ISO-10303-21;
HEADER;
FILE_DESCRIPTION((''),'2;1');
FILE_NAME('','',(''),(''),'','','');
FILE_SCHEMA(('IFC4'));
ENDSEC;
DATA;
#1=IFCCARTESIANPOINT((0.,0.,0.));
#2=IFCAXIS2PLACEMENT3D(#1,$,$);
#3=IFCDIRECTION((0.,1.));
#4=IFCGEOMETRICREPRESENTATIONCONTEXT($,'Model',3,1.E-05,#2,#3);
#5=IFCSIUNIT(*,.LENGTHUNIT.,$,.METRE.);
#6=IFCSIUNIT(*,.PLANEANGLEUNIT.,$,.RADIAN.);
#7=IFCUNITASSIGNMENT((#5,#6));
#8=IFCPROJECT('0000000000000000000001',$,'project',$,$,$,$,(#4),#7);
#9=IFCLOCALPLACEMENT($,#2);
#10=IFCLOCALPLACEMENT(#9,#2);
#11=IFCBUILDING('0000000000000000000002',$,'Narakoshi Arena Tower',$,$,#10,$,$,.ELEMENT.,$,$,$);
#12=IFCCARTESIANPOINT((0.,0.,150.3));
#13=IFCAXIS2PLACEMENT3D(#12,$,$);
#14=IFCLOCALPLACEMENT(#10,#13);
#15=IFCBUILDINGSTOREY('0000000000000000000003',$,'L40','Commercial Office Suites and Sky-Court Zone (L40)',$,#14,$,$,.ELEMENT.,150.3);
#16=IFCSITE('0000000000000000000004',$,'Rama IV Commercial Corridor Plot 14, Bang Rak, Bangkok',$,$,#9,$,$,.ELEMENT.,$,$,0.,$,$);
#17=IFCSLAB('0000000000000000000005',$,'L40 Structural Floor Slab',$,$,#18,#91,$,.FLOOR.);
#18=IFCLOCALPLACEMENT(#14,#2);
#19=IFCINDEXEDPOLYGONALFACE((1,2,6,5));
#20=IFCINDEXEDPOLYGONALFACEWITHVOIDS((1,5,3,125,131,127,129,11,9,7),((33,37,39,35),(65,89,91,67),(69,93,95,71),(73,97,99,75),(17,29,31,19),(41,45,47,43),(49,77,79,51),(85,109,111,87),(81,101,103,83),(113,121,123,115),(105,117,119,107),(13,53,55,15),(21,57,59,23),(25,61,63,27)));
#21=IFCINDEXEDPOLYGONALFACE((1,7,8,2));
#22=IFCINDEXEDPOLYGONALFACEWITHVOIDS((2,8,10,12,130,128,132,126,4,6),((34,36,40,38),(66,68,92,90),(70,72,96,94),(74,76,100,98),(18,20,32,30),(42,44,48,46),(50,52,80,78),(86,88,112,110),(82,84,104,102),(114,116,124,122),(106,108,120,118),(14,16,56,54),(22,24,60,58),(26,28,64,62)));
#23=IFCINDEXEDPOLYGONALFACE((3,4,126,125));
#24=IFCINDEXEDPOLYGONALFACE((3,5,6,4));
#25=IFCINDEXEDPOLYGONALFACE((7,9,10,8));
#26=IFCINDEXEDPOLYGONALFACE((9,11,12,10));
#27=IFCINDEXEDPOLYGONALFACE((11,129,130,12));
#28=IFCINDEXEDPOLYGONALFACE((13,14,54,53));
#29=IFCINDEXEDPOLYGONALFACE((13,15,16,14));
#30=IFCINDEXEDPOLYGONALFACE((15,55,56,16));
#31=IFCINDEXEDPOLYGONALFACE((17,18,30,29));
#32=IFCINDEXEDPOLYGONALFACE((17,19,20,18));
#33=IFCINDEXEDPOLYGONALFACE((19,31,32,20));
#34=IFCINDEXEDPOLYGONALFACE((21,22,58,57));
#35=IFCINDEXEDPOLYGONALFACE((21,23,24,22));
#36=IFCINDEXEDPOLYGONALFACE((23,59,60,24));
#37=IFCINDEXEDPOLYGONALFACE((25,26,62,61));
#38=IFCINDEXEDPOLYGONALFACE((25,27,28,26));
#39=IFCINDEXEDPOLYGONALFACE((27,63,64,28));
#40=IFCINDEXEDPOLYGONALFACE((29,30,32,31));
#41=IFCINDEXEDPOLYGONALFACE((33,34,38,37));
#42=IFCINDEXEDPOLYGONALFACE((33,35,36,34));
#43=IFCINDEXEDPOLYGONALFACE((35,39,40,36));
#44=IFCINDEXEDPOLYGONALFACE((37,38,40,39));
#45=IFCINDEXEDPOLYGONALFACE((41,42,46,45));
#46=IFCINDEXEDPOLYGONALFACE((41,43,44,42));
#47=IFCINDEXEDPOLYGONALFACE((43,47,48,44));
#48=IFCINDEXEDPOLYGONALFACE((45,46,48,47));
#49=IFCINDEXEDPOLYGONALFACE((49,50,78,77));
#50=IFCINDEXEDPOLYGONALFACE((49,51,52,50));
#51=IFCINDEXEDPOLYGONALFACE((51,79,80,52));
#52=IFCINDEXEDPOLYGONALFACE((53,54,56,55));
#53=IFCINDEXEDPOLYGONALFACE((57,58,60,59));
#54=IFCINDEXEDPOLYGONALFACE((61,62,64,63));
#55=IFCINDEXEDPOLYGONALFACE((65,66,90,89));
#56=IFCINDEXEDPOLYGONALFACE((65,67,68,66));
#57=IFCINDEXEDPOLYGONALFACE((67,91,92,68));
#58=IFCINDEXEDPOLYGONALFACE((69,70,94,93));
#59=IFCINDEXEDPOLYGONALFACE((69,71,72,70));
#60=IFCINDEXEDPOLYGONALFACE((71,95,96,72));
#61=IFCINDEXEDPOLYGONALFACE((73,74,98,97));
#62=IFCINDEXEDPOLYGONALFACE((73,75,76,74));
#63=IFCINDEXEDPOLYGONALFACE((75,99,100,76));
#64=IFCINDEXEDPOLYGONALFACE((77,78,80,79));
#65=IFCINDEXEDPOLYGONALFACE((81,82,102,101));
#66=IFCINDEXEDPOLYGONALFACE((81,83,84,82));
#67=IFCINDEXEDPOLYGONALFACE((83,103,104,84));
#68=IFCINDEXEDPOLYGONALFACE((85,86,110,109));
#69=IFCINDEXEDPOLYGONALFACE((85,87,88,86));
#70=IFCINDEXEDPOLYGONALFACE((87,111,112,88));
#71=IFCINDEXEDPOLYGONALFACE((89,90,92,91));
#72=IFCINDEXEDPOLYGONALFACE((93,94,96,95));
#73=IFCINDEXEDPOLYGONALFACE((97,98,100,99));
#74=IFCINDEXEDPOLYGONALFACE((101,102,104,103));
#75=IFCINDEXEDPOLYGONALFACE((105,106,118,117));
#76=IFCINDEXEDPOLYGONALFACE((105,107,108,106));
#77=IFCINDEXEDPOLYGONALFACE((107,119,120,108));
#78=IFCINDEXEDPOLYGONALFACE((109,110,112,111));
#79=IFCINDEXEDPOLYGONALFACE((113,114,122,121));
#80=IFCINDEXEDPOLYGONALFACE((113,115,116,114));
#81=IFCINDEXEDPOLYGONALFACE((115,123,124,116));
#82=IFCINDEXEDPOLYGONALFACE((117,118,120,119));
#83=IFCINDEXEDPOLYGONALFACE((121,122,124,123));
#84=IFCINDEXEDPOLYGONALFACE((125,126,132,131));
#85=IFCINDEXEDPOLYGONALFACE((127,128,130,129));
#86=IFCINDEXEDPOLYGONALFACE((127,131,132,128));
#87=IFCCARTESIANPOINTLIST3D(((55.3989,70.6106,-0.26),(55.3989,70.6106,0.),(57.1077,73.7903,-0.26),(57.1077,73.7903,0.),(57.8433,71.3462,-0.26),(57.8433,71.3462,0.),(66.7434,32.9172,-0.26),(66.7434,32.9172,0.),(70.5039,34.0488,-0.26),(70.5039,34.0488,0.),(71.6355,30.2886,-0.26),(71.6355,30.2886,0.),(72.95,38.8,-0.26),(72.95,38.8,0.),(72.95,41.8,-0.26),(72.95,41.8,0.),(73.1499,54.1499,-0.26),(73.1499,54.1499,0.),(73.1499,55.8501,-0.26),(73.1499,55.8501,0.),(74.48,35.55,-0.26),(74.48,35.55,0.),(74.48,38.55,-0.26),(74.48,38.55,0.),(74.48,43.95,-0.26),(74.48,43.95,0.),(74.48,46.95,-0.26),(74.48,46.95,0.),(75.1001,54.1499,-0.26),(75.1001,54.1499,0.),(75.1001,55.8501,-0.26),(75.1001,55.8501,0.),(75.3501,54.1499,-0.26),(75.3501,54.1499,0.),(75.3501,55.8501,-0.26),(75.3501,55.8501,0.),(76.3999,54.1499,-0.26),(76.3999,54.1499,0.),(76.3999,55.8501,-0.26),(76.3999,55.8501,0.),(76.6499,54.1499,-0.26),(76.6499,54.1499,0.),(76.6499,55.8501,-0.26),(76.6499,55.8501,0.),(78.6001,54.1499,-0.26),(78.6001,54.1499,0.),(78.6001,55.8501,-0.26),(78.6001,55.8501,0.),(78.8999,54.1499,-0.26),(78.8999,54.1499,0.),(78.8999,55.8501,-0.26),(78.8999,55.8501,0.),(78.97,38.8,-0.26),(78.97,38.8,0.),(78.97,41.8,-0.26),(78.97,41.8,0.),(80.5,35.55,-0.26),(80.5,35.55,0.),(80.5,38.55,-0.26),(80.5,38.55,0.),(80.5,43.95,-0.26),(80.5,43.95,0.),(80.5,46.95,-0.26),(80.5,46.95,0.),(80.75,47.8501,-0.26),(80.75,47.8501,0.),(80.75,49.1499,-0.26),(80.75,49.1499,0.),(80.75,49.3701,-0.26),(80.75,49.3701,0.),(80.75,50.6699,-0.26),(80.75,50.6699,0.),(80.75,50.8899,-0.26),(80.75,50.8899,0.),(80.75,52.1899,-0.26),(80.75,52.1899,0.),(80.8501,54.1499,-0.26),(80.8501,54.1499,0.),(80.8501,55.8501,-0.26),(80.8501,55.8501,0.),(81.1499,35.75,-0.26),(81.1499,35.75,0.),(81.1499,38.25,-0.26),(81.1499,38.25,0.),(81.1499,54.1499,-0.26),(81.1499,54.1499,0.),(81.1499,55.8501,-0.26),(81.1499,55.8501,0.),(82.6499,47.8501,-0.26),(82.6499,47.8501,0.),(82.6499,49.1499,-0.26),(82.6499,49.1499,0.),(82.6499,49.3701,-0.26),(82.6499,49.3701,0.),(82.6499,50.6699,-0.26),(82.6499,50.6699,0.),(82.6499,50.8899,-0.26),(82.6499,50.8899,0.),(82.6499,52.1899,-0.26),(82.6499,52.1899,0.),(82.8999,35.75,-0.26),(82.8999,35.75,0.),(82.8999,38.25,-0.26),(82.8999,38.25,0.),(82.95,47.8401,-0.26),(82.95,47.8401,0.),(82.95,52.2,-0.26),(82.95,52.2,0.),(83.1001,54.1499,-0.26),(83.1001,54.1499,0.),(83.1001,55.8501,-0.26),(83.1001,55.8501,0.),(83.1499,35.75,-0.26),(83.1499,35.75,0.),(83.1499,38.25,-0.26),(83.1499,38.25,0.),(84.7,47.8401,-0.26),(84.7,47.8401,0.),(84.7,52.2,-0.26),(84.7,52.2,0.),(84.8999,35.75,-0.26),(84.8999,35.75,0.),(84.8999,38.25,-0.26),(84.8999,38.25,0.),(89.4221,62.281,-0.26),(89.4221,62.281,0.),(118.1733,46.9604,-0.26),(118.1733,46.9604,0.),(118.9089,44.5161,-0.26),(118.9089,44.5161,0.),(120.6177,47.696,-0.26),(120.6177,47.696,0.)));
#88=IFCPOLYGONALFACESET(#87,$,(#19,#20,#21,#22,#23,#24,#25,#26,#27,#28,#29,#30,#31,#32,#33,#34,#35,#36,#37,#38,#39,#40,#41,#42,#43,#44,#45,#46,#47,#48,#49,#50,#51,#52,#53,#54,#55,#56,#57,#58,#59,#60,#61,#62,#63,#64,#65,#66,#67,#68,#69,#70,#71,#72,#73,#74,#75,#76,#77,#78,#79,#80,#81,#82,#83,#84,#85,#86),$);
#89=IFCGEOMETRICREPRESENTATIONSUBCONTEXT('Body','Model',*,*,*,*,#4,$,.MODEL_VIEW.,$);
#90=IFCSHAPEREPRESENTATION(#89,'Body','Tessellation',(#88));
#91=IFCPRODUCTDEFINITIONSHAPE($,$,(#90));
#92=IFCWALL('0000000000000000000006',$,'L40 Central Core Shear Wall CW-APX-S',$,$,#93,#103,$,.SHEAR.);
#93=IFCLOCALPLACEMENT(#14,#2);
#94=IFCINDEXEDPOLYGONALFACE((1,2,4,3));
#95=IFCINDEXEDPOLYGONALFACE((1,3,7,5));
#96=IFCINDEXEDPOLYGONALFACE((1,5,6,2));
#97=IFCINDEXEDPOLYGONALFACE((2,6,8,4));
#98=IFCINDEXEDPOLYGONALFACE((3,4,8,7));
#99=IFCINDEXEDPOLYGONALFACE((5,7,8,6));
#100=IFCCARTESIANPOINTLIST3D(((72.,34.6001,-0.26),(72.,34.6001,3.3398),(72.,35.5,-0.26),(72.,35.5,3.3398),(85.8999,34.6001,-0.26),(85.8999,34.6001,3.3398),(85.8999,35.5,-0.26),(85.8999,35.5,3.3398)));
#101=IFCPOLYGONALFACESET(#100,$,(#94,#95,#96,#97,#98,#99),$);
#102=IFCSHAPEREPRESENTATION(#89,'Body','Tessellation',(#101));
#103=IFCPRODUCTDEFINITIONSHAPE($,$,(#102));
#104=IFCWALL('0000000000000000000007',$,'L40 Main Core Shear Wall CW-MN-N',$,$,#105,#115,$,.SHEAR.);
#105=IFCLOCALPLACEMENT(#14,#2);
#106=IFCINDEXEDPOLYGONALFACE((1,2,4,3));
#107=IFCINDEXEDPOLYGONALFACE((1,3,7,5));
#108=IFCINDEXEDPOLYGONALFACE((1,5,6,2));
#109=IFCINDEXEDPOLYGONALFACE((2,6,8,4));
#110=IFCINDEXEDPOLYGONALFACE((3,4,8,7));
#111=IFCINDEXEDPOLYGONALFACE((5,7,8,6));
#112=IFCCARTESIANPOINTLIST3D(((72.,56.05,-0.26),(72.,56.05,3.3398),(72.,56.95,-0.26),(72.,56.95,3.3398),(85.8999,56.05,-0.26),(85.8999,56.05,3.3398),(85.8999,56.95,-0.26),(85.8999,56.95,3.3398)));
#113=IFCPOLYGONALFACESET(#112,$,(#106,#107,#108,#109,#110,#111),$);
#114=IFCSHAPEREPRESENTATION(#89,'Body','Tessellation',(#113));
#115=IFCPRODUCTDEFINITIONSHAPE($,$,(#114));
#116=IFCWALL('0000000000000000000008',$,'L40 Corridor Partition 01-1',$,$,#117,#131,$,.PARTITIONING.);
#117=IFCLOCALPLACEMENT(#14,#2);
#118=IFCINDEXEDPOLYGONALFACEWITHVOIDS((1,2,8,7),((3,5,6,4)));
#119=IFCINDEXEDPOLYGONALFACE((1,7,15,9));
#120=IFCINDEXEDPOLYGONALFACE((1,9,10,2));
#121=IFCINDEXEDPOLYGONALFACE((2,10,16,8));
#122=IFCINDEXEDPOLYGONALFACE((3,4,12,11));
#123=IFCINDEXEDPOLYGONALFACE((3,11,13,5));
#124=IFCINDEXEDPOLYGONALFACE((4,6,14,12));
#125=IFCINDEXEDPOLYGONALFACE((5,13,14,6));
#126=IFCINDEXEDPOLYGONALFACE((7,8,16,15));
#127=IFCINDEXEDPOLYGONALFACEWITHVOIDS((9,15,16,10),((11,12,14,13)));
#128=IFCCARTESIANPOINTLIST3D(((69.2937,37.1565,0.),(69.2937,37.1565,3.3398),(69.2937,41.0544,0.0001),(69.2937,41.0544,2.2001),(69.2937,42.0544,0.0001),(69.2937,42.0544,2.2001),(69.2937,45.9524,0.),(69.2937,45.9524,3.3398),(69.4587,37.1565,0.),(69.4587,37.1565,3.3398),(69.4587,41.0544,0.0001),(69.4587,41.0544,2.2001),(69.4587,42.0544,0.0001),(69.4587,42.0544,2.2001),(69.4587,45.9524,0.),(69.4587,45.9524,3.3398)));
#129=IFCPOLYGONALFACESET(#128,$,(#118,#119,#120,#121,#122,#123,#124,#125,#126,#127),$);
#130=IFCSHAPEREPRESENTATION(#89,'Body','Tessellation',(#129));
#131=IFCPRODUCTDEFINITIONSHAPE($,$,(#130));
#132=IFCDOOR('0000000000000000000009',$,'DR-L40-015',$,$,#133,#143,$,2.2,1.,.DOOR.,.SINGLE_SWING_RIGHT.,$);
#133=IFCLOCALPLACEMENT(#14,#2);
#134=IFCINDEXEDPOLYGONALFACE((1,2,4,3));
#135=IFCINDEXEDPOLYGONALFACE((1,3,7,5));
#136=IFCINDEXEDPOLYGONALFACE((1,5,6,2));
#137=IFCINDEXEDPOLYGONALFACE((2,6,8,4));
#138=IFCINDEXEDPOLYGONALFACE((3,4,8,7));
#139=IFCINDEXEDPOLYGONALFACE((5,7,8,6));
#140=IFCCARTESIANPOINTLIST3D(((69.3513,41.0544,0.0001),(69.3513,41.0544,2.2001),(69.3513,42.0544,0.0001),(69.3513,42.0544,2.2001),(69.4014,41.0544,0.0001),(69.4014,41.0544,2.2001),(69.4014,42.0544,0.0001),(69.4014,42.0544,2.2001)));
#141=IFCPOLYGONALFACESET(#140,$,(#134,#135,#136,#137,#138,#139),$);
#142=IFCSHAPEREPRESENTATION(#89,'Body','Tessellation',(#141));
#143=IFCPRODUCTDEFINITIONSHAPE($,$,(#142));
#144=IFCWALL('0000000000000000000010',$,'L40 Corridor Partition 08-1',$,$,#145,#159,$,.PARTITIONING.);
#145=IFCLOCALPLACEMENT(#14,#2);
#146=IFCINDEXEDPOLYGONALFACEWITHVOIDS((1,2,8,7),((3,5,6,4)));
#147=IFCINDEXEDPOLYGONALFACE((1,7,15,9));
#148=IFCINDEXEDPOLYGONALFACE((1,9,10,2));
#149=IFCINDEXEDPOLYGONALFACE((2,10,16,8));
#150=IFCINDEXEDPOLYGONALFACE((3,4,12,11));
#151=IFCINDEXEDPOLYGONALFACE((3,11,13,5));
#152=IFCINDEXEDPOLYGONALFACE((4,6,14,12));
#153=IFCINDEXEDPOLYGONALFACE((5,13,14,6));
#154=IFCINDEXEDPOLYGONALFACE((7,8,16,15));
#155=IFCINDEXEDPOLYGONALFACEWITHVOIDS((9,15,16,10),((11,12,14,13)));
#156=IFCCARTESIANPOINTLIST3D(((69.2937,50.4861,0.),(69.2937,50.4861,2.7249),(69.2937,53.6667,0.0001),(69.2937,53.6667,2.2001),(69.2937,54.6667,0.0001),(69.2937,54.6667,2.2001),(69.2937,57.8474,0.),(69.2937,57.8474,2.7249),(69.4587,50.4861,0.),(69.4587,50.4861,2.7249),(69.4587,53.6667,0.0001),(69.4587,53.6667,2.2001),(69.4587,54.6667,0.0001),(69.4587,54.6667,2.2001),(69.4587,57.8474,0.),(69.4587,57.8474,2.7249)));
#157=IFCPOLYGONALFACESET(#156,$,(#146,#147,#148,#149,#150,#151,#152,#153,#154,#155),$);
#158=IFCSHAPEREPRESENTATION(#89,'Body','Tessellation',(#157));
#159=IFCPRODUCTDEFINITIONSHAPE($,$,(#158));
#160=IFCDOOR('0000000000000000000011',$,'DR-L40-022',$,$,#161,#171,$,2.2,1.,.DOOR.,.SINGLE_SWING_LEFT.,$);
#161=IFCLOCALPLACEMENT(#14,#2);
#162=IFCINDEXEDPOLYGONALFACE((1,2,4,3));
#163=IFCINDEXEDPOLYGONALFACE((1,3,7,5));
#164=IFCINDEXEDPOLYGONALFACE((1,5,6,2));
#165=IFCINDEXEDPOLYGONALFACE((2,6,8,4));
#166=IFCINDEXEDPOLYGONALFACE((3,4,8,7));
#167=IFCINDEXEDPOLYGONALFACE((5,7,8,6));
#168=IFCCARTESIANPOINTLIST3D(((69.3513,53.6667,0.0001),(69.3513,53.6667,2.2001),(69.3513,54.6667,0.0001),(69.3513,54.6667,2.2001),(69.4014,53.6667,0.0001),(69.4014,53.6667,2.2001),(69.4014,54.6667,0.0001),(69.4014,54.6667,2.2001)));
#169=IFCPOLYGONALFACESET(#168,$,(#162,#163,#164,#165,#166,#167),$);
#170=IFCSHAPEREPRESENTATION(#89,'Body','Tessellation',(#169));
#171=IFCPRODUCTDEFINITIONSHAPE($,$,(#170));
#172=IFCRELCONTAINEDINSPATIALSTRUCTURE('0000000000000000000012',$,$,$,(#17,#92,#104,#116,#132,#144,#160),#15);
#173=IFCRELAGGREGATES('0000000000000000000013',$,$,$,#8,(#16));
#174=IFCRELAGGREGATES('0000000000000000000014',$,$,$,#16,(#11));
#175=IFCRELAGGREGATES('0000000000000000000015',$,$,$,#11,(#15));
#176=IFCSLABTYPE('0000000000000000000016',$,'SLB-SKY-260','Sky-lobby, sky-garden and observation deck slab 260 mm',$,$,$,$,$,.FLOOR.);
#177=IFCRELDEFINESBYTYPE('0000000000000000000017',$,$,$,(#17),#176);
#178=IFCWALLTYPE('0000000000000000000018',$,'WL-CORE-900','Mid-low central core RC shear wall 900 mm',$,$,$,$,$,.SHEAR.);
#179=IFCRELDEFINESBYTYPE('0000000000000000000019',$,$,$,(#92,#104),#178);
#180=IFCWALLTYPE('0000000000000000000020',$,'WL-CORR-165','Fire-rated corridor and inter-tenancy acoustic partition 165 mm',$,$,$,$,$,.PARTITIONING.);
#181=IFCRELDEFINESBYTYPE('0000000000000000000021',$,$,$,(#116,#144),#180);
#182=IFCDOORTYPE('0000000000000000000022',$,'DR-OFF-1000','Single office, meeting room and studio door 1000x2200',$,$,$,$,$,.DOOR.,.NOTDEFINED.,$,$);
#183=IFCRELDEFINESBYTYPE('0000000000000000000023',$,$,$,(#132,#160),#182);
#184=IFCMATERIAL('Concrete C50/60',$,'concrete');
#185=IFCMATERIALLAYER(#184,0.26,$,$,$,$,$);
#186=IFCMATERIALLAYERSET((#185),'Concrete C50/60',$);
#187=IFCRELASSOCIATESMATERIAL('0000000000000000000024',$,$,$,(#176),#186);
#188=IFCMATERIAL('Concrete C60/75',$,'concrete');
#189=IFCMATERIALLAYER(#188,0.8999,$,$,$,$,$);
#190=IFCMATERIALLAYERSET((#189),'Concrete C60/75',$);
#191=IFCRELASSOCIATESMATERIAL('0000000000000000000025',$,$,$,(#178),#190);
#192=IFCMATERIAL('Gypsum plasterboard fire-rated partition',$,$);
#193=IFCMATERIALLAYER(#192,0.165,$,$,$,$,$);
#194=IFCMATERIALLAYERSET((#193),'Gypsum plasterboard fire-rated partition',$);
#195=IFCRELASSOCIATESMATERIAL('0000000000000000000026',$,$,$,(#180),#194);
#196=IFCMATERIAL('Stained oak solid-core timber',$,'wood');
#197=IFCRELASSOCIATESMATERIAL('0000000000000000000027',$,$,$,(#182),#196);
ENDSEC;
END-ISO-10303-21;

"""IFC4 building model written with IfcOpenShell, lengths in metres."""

from ifc_helpers import new_model, si_unit, direction, frame, frame_2d, origin, place, context, subcontext, project, spatial, polyline, rectangle, outline, extrude, material, layer, layer_set, type_object, element, fill, save


model = new_model("IFC4")

# Units and contexts
model_context = context("Model", 3, precision=1e-05, world=origin(), true_north=direction((0.0, 1.0)))
body_context = subcontext(model_context, "Body", "Model", "MODEL_VIEW")
ifc_project = project(units=[si_unit("LENGTHUNIT", "METRE"), si_unit("PLANEANGLEUNIT", "RADIAN")], contexts=[model_context])

# Site, building, storey
site_placement = place(None, origin())
site = spatial("IfcSite", under=ifc_project, at=site_placement, Name="Rama IV Commercial Corridor Plot 14, Bang Rak, Bangkok", CompositionType="ELEMENT", RefElevation=0.0)
building_placement = place(site_placement, origin())
building = spatial("IfcBuilding", under=site, at=building_placement, Name="Narakoshi Arena Tower", CompositionType="ELEMENT")
storey_placement = place(building_placement, frame((0.0, 0.0, 150.3)))
storey = spatial("IfcBuildingStorey", under=building, at=storey_placement, Name="L40", Description="Commercial Office Suites and Sky-Court Zone (L40)", CompositionType="ELEMENT", Elevation=150.3)

# Shared definitions
ifc_material_1 = material(Name="Concrete C60/75", Category="concrete")

# Slab
ifc_material_2 = material(Name="Concrete C50/60", Category="concrete")
ifc_layer_1 = layer(ifc_material_2, 0.26)
ifc_layer_set_1 = layer_set([ifc_layer_1], Name="Concrete C50/60")
slab_type_1 = type_object("IfcSlabType", Name="SLB-SKY-260", Description="Sky-lobby, sky-garden and observation deck slab 260 mm", PredefinedType="FLOOR", material=ifc_layer_set_1)
slab_1_placement = place(storey_placement, frame((0.0, 0.0, -0.26)))
element("IfcSlab", 1, at=slab_1_placement, inside=storey, type_object=slab_type_1, Name="L40 Structural Floor Slab", PredefinedType="FLOOR", context=body_context, shape_type="SweptSolid", body=[
    extrude(outline(polyline([(71.6355, 30.2886), (118.9089, 44.5161), (118.1733, 46.9604), (120.6177, 47.696), (89.4221, 62.281), (57.1077, 73.7903), (57.8433, 71.3462), (55.3989, 70.6106), (66.7434, 32.9172), (70.5039, 34.0488), (71.6355, 30.2886)]), holes=[polyline([(80.5, 35.55), (74.48, 35.55), (74.48, 38.55), (80.5, 38.55), (80.5, 35.55)]), polyline([(82.8999, 35.75), (81.1499, 35.75), (81.1499, 38.25), (82.8999, 38.25), (82.8999, 35.75)]), polyline([(83.1499, 35.75), (83.1499, 38.25), (84.8999, 38.25), (84.8999, 35.75), (83.1499, 35.75)]), polyline([(72.95, 38.8), (72.95, 41.8), (78.97, 41.8), (78.97, 38.8), (72.95, 38.8)]), polyline([(74.48, 43.95), (74.48, 46.95), (80.5, 46.95), (80.5, 43.95), (74.48, 43.95)]), polyline([(82.95, 47.8401), (82.95, 52.2), (84.7, 52.2), (84.7, 47.8401), (82.95, 47.8401)]), polyline([(80.75, 47.8501), (80.75, 49.1499), (82.6499, 49.1499), (82.6499, 47.8501), (80.75, 47.8501)]), polyline([(80.75, 49.3701), (80.75, 50.6699), (82.6499, 50.6699), (82.6499, 49.3701), (80.75, 49.3701)]), polyline([(80.75, 50.8899), (80.75, 52.1899), (82.6499, 52.1899), (82.6499, 50.8899), (80.75, 50.8899)]), polyline([(73.1499, 54.1499), (73.1499, 55.8501), (75.1001, 55.8501), (75.1001, 54.1499), (73.1499, 54.1499)]), polyline([(75.3501, 54.1499), (75.3501, 55.8501), (76.3999, 55.8501), (76.3999, 54.1499), (75.3501, 54.1499)]), polyline([(76.6499, 54.1499), (76.6499, 55.8501), (78.6001, 55.8501), (78.6001, 54.1499), (76.6499, 54.1499)]), polyline([(78.8999, 54.1499), (78.8999, 55.8501), (80.8501, 55.8501), (80.8501, 54.1499), (78.8999, 54.1499)]), polyline([(81.1499, 54.1499), (81.1499, 55.8501), (83.1001, 55.8501), (83.1001, 54.1499), (81.1499, 54.1499)])]), origin(), (0.0, 0.0, 1.0), 0.26),
])

# Walls
ifc_layer_2 = layer(ifc_material_1, 0.8999)
ifc_layer_set_2 = layer_set([ifc_layer_2], Name="Concrete C60/75")
wall_type_1 = type_object("IfcWallType", Name="WL-CORE-900", Description="Mid-low central core RC shear wall 900 mm", PredefinedType="SHEAR", material=ifc_layer_set_2)
for number, where, z_axis, x_axis, name in (
    (2, (72.0, 35.05, -0.26), (0.0, 0.0, 1.0), (1.0, 0.0, 0.0), "L40 Central Core Shear Wall CW-APX-S"),
    (3, (72.0, 56.5, -0.26), (0.0, 0.0, 1.0), (1.0, 0.0, 0.0), "L40 Main Core Shear Wall CW-MN-N"),
):
    element("IfcWall", number, at=place(storey_placement, frame(where, z_axis=z_axis, x_axis=x_axis)), inside=storey, type_object=wall_type_1, Name=name, PredefinedType="SHEAR", context=body_context, shape_type="SweptSolid", body=[
        extrude(rectangle(XDim=13.8999, YDim=0.8999, at=frame_2d((6.95, 0.0))), origin(), (0.0, 0.0, 1.0), 3.5999),
    ])

# Walls, openings, doors
ifc_material_3 = material(Name="Gypsum plasterboard fire-rated partition")
ifc_layer_3 = layer(ifc_material_3, 0.165)
ifc_layer_set_3 = layer_set([ifc_layer_3], Name="Gypsum plasterboard fire-rated partition")
wall_type_2 = type_object("IfcWallType", Name="WL-CORR-165", Description="Fire-rated corridor and inter-tenancy acoustic partition 165 mm", PredefinedType="PARTITIONING", material=ifc_layer_set_3)
wall_1_placement = place(storey_placement, frame((69.3762, 45.9524, 0.0), z_axis=(0.0, 0.0, 1.0), x_axis=(0.0, -1.0, 0.0)))
wall_1 = element("IfcWall", 4, at=wall_1_placement, inside=storey, type_object=wall_type_2, Name="L40 Corridor Partition 01-1", PredefinedType="PARTITIONING", context=body_context, shape_type="SweptSolid", body=[
    extrude(rectangle(XDim=8.7959, YDim=0.165, at=frame_2d((4.3979, 0.0))), origin(), (0.0, 0.0, 1.0), 3.3398),
])
opening_1_placement = place(wall_1_placement, frame((3.8979, 0.0, 0.0)))
opening_1 = element("IfcOpeningElement", 5, at=opening_1_placement, cuts=wall_1, PredefinedType="OPENING", context=body_context, shape_type="SweptSolid", body=[
    extrude(rectangle(XDim=1.0, YDim=2.2, at=frame_2d((0.5, 1.1001))), frame((0.0, 0.0925, 0.0), z_axis=(0.0, -1.0, 0.0), x_axis=(1.0, 0.0, 0.0)), (0.0, 0.0, 1.0), 0.1851),
])
ifc_material_4 = material(Name="Stained oak solid-core timber", Category="wood")
door_type_1 = type_object("IfcDoorType", Name="DR-OFF-1000", Description="Single office, meeting room and studio door 1000x2200", OperationType="NOTDEFINED", PredefinedType="DOOR", material=ifc_material_4)
door_1_placement = place(opening_1_placement, frame((1.0, 0.0, 0.0), z_axis=(0.0, 0.0, 1.0), x_axis=(-1.0, 0.0, 0.0)))
door_1 = element("IfcDoor", 6, at=door_1_placement, inside=storey, type_object=door_type_1, Name="DR-L40-015", OperationType="SINGLE_SWING_RIGHT", OverallHeight=2.2, OverallWidth=1.0, PredefinedType="DOOR", context=body_context, shape_type="SweptSolid", body=[
    extrude(rectangle(XDim=1.0, YDim=2.2, at=frame_2d((0.5, 1.1001))), frame((0.0, 0.0249, 0.0), z_axis=(0.0, -1.0, 0.0), x_axis=(1.0, 0.0, 0.0)), (0.0, 0.0, 1.0), 0.05),
])
fill(opening_1, door_1)
wall_2_placement = place(storey_placement, frame((69.3762, 57.8474, 0.0), z_axis=(0.0, 0.0, 1.0), x_axis=(0.0, -1.0, 0.0)))
wall_2 = element("IfcWall", 7, at=wall_2_placement, inside=storey, type_object=wall_type_2, Name="L40 Corridor Partition 08-1", PredefinedType="PARTITIONING", context=body_context, shape_type="SweptSolid", body=[
    extrude(rectangle(XDim=7.3613, YDim=0.165, at=frame_2d((3.6807, 0.0))), origin(), (0.0, 0.0, 1.0), 2.7249),
])
opening_2_placement = place(wall_2_placement, frame((3.1807, 0.0, 0.0)))
opening_2 = element("IfcOpeningElement", 8, at=opening_2_placement, cuts=wall_2, PredefinedType="OPENING", context=body_context, shape_type="SweptSolid", body=[
    extrude(rectangle(XDim=1.0, YDim=2.2, at=frame_2d((0.5, 1.1001))), frame((0.0, 0.0925, 0.0), z_axis=(0.0, -1.0, 0.0), x_axis=(1.0, 0.0, 0.0)), (0.0, 0.0, 1.0), 0.1851),
])
door_2_placement = place(opening_2_placement, frame((1.0, 0.0, 0.0), z_axis=(0.0, 0.0, 1.0), x_axis=(-1.0, 0.0, 0.0)))
door_2 = element("IfcDoor", 9, at=door_2_placement, inside=storey, type_object=door_type_1, Name="DR-L40-022", OperationType="SINGLE_SWING_LEFT", OverallHeight=2.2, OverallWidth=1.0, PredefinedType="DOOR", context=body_context, shape_type="SweptSolid", body=[
    extrude(rectangle(XDim=1.0, YDim=2.2, at=frame_2d((0.5, 1.1001))), frame((0.0, 0.0249, 0.0), z_axis=(0.0, -1.0, 0.0), x_axis=(1.0, 0.0, 0.0)), (0.0, 0.0, 1.0), 0.05),
])
fill(opening_2, door_2)

save(model, "model.ifc")
